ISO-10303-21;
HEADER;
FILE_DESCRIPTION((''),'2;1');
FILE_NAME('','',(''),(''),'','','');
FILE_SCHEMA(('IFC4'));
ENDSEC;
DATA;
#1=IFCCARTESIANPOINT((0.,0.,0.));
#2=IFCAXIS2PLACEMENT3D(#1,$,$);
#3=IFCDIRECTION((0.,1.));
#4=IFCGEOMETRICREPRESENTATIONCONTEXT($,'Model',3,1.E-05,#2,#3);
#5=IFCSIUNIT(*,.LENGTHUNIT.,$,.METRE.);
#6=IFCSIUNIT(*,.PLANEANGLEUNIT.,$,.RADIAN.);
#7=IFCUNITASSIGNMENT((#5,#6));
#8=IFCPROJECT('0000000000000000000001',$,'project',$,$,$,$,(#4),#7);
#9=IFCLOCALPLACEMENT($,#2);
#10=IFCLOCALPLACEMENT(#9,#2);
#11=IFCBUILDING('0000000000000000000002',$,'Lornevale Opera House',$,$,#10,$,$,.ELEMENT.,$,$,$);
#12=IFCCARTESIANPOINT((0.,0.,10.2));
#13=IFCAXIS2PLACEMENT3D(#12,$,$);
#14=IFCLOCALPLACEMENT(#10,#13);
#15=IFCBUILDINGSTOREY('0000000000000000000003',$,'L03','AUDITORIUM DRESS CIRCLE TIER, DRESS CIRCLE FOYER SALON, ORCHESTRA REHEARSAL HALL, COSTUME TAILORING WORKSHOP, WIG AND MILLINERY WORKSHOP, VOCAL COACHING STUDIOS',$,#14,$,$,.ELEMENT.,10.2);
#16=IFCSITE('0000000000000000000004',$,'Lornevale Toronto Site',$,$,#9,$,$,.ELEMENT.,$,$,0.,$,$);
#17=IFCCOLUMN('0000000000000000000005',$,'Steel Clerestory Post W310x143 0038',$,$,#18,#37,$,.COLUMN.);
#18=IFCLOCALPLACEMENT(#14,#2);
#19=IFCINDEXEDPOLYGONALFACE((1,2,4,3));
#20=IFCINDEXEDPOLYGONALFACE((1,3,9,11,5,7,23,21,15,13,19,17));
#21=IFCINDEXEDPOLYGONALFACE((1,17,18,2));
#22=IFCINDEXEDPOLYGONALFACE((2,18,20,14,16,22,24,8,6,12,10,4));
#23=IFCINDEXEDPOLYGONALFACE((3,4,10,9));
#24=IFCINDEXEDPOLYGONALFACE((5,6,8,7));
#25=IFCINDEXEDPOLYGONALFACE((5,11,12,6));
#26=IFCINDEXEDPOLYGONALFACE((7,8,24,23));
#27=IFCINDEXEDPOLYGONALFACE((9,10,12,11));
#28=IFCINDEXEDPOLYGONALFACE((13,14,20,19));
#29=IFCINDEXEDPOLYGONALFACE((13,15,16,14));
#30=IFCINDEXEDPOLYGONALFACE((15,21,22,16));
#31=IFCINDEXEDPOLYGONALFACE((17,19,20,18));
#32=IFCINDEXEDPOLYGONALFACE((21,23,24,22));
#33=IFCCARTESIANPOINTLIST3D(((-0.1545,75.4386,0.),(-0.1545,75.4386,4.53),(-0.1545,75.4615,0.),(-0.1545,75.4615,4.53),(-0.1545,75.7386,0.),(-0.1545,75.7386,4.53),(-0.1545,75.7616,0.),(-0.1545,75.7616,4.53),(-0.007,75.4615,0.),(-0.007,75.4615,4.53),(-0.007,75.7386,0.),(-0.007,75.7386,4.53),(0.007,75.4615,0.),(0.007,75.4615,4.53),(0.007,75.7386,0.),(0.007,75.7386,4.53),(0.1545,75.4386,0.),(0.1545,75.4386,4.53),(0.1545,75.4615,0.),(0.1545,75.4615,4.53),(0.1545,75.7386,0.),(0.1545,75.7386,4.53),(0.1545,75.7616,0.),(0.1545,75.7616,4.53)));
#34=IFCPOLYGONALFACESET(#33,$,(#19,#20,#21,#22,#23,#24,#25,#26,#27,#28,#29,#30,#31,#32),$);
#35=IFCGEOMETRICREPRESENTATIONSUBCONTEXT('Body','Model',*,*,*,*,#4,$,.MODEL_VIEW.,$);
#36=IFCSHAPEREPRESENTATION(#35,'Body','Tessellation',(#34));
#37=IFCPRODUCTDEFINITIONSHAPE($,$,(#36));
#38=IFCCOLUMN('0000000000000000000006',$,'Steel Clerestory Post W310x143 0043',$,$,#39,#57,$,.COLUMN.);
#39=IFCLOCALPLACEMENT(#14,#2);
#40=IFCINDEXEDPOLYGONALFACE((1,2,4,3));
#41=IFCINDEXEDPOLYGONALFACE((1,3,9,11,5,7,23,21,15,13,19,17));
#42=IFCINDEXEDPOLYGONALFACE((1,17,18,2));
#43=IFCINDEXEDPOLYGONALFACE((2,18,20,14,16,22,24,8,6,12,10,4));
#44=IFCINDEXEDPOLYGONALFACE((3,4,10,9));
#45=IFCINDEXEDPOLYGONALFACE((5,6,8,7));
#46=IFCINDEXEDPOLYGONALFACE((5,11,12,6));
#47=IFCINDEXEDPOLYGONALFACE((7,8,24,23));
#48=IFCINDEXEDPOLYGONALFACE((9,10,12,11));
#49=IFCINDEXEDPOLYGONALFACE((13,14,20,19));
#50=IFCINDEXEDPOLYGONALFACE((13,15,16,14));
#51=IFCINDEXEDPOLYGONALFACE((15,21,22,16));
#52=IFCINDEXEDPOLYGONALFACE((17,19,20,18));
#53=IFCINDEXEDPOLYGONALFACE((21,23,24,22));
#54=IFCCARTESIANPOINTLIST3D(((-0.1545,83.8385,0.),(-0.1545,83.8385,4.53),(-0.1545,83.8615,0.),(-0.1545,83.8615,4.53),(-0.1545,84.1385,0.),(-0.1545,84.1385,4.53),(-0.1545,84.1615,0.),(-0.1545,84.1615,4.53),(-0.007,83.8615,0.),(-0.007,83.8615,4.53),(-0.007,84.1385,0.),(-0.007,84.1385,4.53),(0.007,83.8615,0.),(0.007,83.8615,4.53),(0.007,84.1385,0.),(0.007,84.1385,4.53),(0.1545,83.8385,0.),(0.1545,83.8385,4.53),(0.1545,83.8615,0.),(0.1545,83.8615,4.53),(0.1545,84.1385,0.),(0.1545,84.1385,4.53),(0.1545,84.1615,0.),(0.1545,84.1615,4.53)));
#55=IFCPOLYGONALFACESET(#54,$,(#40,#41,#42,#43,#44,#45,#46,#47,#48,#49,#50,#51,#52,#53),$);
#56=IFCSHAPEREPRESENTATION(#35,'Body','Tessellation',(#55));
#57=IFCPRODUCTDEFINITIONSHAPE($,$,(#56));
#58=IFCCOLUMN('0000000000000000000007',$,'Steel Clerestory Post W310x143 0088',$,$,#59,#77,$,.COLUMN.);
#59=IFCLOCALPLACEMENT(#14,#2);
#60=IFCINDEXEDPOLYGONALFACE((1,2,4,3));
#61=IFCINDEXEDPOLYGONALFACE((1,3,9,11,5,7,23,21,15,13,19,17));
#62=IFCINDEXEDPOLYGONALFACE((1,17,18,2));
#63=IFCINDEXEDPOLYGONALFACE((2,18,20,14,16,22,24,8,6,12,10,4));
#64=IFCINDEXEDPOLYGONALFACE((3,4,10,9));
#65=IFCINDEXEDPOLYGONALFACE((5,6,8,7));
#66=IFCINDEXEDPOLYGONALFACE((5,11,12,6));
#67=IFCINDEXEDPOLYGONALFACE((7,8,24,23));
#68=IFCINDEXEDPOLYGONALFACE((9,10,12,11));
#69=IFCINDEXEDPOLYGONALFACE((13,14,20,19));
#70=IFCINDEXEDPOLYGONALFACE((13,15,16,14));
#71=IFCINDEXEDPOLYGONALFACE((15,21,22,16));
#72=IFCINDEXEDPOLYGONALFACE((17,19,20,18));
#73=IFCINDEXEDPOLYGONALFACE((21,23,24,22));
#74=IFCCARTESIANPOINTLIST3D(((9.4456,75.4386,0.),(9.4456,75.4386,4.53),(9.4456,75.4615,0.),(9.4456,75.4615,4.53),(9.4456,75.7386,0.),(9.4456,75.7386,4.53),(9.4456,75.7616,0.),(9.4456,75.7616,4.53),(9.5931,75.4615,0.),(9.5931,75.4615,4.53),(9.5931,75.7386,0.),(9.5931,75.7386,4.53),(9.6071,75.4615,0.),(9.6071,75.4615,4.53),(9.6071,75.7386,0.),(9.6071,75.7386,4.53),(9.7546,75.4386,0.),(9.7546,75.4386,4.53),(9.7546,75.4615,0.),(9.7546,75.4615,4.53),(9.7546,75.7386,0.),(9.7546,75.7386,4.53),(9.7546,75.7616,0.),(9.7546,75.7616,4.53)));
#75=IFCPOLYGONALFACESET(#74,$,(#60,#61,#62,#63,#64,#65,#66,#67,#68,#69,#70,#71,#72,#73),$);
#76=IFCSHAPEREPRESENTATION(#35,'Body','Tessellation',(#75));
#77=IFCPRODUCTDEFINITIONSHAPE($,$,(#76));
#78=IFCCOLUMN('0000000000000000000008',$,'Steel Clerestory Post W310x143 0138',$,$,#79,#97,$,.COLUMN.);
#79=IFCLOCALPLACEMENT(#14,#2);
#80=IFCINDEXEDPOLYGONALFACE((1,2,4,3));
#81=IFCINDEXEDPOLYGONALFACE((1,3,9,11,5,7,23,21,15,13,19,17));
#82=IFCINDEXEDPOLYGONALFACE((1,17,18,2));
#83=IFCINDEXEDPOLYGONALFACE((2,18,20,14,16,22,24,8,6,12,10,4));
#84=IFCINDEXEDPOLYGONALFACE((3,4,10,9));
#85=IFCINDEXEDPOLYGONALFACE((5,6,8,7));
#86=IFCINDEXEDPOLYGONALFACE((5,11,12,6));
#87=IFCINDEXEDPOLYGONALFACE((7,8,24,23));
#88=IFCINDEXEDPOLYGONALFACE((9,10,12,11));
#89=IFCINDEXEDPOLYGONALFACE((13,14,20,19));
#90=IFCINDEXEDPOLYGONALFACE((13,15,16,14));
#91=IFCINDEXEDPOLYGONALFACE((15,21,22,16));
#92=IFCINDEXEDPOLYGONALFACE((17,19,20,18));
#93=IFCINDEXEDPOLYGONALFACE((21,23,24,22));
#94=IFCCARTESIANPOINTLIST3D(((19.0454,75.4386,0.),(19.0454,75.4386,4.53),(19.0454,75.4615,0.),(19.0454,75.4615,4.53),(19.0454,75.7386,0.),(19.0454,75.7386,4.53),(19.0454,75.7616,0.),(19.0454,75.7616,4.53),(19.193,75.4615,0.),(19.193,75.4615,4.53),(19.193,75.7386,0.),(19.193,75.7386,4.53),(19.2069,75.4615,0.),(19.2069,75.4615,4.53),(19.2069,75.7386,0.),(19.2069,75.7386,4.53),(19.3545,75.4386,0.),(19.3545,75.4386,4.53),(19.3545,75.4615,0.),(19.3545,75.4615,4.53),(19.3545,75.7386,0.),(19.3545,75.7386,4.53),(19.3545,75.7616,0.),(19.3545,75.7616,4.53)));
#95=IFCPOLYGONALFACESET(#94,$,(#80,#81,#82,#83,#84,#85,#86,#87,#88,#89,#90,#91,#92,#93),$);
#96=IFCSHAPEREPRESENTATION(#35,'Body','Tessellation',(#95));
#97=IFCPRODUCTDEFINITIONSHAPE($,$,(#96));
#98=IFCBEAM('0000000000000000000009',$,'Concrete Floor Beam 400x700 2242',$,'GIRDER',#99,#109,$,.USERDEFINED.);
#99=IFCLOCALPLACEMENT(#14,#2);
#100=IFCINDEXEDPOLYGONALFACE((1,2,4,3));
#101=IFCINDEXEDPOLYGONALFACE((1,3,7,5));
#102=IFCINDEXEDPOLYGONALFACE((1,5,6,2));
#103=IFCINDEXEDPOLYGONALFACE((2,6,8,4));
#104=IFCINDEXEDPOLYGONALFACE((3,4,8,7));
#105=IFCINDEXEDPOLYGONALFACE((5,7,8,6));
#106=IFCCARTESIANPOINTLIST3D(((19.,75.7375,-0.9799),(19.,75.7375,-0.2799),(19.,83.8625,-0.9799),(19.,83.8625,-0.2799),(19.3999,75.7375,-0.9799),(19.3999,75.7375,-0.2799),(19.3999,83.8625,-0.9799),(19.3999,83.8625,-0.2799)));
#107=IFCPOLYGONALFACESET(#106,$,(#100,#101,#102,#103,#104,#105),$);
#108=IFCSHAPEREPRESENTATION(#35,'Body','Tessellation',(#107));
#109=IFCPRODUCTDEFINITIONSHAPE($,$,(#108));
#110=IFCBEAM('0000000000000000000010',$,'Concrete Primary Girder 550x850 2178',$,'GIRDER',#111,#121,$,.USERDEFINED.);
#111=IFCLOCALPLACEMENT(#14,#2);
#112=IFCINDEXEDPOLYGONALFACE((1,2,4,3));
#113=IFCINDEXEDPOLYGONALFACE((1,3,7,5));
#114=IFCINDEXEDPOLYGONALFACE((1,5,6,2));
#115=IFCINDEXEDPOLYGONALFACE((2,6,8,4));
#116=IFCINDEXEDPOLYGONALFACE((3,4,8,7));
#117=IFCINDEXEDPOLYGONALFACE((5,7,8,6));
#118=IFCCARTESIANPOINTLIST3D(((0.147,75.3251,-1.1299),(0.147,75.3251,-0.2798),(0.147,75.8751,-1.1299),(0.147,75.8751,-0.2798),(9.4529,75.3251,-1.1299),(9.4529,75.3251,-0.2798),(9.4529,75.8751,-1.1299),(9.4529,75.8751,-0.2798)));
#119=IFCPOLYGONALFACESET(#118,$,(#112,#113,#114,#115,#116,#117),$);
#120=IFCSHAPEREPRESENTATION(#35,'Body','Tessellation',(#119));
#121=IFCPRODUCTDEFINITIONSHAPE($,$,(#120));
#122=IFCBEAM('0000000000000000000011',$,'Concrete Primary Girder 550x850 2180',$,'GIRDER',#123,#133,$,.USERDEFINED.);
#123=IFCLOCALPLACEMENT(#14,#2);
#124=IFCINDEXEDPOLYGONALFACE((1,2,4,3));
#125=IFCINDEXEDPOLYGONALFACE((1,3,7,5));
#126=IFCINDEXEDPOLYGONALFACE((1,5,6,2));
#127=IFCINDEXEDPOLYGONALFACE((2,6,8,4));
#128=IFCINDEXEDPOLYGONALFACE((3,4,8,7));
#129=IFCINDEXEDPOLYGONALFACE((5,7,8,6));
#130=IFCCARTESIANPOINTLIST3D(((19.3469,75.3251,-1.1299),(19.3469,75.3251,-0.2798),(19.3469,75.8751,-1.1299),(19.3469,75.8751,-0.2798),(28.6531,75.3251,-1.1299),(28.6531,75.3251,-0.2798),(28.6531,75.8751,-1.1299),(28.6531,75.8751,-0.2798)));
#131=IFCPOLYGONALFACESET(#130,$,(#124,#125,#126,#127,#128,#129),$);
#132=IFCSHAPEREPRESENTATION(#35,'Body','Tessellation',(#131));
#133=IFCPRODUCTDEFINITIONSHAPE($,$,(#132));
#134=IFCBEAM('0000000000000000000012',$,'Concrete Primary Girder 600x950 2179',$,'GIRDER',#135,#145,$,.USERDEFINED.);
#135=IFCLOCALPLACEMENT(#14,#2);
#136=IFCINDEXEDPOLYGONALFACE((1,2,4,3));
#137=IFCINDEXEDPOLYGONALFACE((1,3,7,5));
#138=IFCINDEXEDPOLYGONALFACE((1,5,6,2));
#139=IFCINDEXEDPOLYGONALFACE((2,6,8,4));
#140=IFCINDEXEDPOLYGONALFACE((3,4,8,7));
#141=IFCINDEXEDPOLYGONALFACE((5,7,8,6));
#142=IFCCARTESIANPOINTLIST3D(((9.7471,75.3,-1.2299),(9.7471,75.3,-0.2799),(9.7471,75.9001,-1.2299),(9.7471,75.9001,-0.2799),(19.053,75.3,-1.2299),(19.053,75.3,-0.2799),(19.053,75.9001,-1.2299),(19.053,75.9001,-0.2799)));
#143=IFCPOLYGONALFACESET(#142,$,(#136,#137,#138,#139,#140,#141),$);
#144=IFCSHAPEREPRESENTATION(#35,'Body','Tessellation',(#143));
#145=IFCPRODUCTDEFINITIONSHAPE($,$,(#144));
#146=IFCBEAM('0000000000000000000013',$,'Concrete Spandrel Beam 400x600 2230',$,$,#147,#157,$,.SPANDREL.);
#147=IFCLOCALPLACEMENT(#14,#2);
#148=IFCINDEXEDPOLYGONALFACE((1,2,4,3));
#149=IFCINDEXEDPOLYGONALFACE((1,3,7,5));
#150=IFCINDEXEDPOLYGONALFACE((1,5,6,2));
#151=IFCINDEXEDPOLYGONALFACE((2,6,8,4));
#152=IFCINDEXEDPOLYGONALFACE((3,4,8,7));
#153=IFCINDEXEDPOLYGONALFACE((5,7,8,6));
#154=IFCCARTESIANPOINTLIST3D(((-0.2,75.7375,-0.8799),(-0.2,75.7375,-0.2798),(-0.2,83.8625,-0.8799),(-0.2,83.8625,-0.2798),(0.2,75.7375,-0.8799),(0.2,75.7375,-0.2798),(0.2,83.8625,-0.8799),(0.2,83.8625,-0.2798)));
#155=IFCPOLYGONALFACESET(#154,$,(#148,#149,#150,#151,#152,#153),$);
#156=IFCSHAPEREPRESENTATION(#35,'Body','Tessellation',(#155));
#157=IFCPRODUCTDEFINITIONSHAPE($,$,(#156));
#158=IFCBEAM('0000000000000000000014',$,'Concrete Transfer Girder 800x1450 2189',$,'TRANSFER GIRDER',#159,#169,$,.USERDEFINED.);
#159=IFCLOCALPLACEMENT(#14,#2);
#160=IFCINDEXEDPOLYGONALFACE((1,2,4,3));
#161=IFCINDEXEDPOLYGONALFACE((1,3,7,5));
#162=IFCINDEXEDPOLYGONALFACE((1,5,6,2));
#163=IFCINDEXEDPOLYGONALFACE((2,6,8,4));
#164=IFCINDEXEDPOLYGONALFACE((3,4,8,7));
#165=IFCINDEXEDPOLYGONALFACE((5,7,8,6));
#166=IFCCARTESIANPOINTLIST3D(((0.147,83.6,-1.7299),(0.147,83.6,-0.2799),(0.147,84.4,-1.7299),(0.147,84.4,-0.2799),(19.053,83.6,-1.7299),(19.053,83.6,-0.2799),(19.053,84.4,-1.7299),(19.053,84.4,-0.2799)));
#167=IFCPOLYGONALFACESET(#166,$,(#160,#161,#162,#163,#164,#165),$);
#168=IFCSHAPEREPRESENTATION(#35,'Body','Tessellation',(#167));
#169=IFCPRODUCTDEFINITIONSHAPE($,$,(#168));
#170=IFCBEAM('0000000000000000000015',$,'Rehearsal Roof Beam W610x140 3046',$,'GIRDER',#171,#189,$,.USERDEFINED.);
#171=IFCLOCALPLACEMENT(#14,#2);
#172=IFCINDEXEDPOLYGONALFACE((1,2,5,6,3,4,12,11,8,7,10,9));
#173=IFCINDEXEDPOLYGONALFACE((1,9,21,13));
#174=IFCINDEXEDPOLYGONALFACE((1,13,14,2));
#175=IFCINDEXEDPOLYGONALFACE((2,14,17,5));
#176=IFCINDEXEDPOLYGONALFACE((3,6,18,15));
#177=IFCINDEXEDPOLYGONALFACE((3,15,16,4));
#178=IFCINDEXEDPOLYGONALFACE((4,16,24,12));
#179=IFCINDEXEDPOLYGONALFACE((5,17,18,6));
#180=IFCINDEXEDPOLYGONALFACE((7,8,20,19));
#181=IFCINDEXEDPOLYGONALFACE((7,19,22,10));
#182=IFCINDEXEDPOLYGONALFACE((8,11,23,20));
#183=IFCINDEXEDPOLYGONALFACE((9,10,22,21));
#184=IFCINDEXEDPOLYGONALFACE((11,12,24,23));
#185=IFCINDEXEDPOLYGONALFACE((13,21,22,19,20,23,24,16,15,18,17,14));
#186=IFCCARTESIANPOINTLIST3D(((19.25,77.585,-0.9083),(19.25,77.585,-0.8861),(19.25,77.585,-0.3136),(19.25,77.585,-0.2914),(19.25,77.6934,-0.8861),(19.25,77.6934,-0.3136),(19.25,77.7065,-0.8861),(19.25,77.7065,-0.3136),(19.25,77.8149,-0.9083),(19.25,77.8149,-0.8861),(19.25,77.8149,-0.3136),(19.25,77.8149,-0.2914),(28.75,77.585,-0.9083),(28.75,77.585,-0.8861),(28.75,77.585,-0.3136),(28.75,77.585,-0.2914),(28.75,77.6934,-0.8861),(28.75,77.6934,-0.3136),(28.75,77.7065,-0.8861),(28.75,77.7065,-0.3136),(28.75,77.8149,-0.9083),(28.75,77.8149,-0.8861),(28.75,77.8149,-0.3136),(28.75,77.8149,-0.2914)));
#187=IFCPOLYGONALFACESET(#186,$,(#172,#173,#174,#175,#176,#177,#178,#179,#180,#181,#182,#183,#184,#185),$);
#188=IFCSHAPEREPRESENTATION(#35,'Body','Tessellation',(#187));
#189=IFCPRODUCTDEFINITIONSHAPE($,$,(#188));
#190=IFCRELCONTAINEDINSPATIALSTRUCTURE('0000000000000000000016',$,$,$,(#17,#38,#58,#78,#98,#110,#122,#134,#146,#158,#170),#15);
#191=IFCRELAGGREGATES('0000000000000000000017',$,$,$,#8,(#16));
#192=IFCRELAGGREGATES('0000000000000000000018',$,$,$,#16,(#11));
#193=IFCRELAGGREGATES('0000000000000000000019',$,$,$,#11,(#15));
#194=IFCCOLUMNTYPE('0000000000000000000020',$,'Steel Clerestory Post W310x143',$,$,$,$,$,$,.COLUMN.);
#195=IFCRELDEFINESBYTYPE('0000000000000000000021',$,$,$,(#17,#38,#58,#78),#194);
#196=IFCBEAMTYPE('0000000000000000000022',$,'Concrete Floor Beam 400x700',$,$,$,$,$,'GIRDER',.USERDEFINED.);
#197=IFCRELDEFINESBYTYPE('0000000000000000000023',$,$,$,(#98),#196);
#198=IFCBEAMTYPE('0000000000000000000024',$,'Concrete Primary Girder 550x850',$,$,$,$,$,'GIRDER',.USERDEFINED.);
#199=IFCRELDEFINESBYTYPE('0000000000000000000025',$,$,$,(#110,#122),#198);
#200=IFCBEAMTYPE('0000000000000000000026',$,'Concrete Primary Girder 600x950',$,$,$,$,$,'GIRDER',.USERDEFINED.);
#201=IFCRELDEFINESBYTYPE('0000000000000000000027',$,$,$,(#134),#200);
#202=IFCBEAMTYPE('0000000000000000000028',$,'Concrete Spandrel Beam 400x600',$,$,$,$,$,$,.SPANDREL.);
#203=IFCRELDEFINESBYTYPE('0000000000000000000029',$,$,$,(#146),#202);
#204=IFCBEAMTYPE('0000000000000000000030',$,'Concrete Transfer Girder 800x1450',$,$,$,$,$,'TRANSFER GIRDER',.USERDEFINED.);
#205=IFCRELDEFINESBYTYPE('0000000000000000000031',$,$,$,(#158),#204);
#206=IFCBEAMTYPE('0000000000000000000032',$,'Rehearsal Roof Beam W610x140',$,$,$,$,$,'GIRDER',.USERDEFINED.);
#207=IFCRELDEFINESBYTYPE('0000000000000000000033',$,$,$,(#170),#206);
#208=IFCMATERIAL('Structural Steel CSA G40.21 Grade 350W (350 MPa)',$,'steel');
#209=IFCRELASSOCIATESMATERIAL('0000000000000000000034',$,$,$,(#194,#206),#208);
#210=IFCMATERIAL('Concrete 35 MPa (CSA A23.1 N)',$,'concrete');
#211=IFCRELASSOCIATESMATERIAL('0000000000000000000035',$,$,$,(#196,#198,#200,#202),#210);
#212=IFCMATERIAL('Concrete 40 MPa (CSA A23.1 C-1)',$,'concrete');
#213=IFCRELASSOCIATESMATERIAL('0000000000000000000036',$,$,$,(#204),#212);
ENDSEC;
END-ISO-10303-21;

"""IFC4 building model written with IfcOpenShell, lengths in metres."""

from ifc_helpers import new_model, si_unit, direction, frame, origin, origin_2d, place, context, subcontext, project, spatial, rectangle, i_section, extrude, material, material_profile, profile_set, type_object, element, save


model = new_model("IFC4")

# Units and contexts
model_context = context("Model", 3, precision=1e-05, world=origin(), true_north=direction((0.0, 1.0)))
body_context = subcontext(model_context, "Body", "Model", "MODEL_VIEW")
ifc_project = project(units=[si_unit("LENGTHUNIT", "METRE"), si_unit("PLANEANGLEUNIT", "RADIAN")], contexts=[model_context])

# Site, building, storey
site_placement = place(None, origin())
site = spatial("IfcSite", under=ifc_project, at=site_placement, Name="Lornevale Toronto Site", CompositionType="ELEMENT", RefElevation=0.0)
building_placement = place(site_placement, origin())
building = spatial("IfcBuilding", under=site, at=building_placement, Name="Lornevale Opera House", CompositionType="ELEMENT")
storey_placement = place(building_placement, frame((0.0, 0.0, 10.2)))
storey = spatial("IfcBuildingStorey", under=building, at=storey_placement, Name="L03", Description="AUDITORIUM DRESS CIRCLE TIER, DRESS CIRCLE FOYER SALON, ORCHESTRA REHEARSAL HALL, COSTUME TAILORING WORKSHOP, WIG AND MILLINERY WORKSHOP, VOCAL COACHING STUDIOS", CompositionType="ELEMENT", Elevation=10.2)

# Columns
ifc_material_1 = material(Name="Structural Steel CSA G40.21 Grade 350W (350 MPa)", Category="steel")
ifc_material_profile_1 = material_profile(ifc_material_1, i_section(OverallWidth=0.3091, OverallDepth=0.323, WebThickness=0.0139, FlangeThickness=0.0229, at=origin_2d()), Name="W310x143")
ifc_profile_set_1 = profile_set([ifc_material_profile_1], Name="Structural Steel CSA G40.21 Grade 350W (350 MPa)")
column_type = type_object("IfcColumnType", Name="Steel Clerestory Post W310x143", PredefinedType="COLUMN", material=ifc_profile_set_1)
for number, where, z_axis, x_axis, name in (
    (1, (0.0, 75.6001, 0.0), (0.0, 0.0, 1.0), (1.0, 0.0, 0.0), "Steel Clerestory Post W310x143 0038"),
    (2, (0.0, 84.0, 0.0), (0.0, 0.0, 1.0), (1.0, 0.0, 0.0), "Steel Clerestory Post W310x143 0043"),
    (3, (9.6001, 75.6001, 0.0), (0.0, 0.0, 1.0), (1.0, 0.0, 0.0), "Steel Clerestory Post W310x143 0088"),
    (4, (19.2, 75.6001, 0.0), (0.0, 0.0, 1.0), (1.0, 0.0, 0.0), "Steel Clerestory Post W310x143 0138"),
):
    element("IfcColumn", number, at=place(storey_placement, frame(where, z_axis=z_axis, x_axis=x_axis)), inside=storey, type_object=column_type, Name=name, PredefinedType="COLUMN", context=body_context, shape_type="SweptSolid", body=[
        extrude(i_section(OverallWidth=0.3091, OverallDepth=0.323, WebThickness=0.0139, FlangeThickness=0.0229, at=origin_2d()), origin(), (0.0, 0.0, 1.0), 4.53),
    ])

# Beams
ifc_material_2 = material(Name="Concrete 35 MPa (CSA A23.1 N)", Category="concrete")
ifc_material_profile_2 = material_profile(ifc_material_2, rectangle(XDim=0.3999, YDim=0.7, at=origin_2d()), Name="RC400x700")
ifc_profile_set_2 = profile_set([ifc_material_profile_2], Name="Concrete 35 MPa (CSA A23.1 N)")
beam_type_1 = type_object("IfcBeamType", Name="Concrete Floor Beam 400x700", ElementType="GIRDER", PredefinedType="USERDEFINED", material=ifc_profile_set_2)
beam_1_placement = place(storey_placement, frame((19.2, 75.7375, -0.6299), z_axis=(0.0, 1.0, 0.0), x_axis=(-1.0, 0.0, 0.0)))
element("IfcBeam", 5, at=beam_1_placement, inside=storey, type_object=beam_type_1, Name="Concrete Floor Beam 400x700 2242", ObjectType="GIRDER", PredefinedType="USERDEFINED", context=body_context, shape_type="SweptSolid", body=[
    extrude(rectangle(XDim=0.3999, YDim=0.7, at=origin_2d()), origin(), (0.0, 0.0, 1.0), 8.125),
])
ifc_material_profile_3 = material_profile(ifc_material_2, rectangle(XDim=0.55, YDim=0.8501, at=origin_2d()), Name="RC550x850")
ifc_profile_set_3 = profile_set([ifc_material_profile_3], Name="Concrete 35 MPa (CSA A23.1 N)")
beam_type_2 = type_object("IfcBeamType", Name="Concrete Primary Girder 550x850", ElementType="GIRDER", PredefinedType="USERDEFINED", material=ifc_profile_set_3)
beam_2_placement = place(storey_placement, frame((0.147, 75.6001, -0.7048), z_axis=(1.0, 0.0, 0.0), x_axis=(0.0, 1.0, 0.0)))
element("IfcBeam", 6, at=beam_2_placement, inside=storey, type_object=beam_type_2, Name="Concrete Primary Girder 550x850 2178", ObjectType="GIRDER", PredefinedType="USERDEFINED", context=body_context, shape_type="SweptSolid", body=[
    extrude(rectangle(XDim=0.55, YDim=0.8501, at=origin_2d()), origin(), (0.0, 0.0, 1.0), 9.3059),
])
beam_3_placement = place(storey_placement, frame((19.3469, 75.6001, -0.7048), z_axis=(1.0, 0.0, 0.0), x_axis=(0.0, 1.0, 0.0)))
element("IfcBeam", 7, at=beam_3_placement, inside=storey, type_object=beam_type_2, Name="Concrete Primary Girder 550x850 2180", ObjectType="GIRDER", PredefinedType="USERDEFINED", context=body_context, shape_type="SweptSolid", body=[
    extrude(rectangle(XDim=0.55, YDim=0.8501, at=origin_2d()), origin(), (0.0, 0.0, 1.0), 9.3062),
])
ifc_material_profile_4 = material_profile(ifc_material_2, rectangle(XDim=0.6001, YDim=0.95, at=origin_2d()), Name="RC600x950")
ifc_profile_set_4 = profile_set([ifc_material_profile_4], Name="Concrete 35 MPa (CSA A23.1 N)")
beam_type_3 = type_object("IfcBeamType", Name="Concrete Primary Girder 600x950", ElementType="GIRDER", PredefinedType="USERDEFINED", material=ifc_profile_set_4)
beam_4_placement = place(storey_placement, frame((9.7471, 75.6001, -0.7549), z_axis=(1.0, 0.0, 0.0), x_axis=(0.0, 1.0, 0.0)))
element("IfcBeam", 8, at=beam_4_placement, inside=storey, type_object=beam_type_3, Name="Concrete Primary Girder 600x950 2179", ObjectType="GIRDER", PredefinedType="USERDEFINED", context=body_context, shape_type="SweptSolid", body=[
    extrude(rectangle(XDim=0.6001, YDim=0.95, at=origin_2d()), origin(), (0.0, 0.0, 1.0), 9.3059),
])
ifc_material_profile_5 = material_profile(ifc_material_2, rectangle(XDim=0.3999, YDim=0.6001, at=origin_2d()), Name="RC400x600")
ifc_profile_set_5 = profile_set([ifc_material_profile_5], Name="Concrete 35 MPa (CSA A23.1 N)")
beam_type_4 = type_object("IfcBeamType", Name="Concrete Spandrel Beam 400x600", PredefinedType="SPANDREL", material=ifc_profile_set_5)
beam_5_placement = place(storey_placement, frame((0.0, 75.7375, -0.5798), z_axis=(0.0, 1.0, 0.0), x_axis=(-1.0, 0.0, 0.0)))
element("IfcBeam", 9, at=beam_5_placement, inside=storey, type_object=beam_type_4, Name="Concrete Spandrel Beam 400x600 2230", PredefinedType="SPANDREL", context=body_context, shape_type="SweptSolid", body=[
    extrude(rectangle(XDim=0.3999, YDim=0.6001, at=origin_2d()), origin(), (0.0, 0.0, 1.0), 8.125),
])
ifc_material_3 = material(Name="Concrete 40 MPa (CSA A23.1 C-1)", Category="concrete")
ifc_material_profile_6 = material_profile(ifc_material_3, rectangle(XDim=0.8, YDim=1.45, at=origin_2d()), Name="RC800x1450")
ifc_profile_set_6 = profile_set([ifc_material_profile_6], Name="Concrete 40 MPa (CSA A23.1 C-1)")
beam_type_5 = type_object("IfcBeamType", Name="Concrete Transfer Girder 800x1450", ElementType="TRANSFER GIRDER", PredefinedType="USERDEFINED", material=ifc_profile_set_6)
beam_6_placement = place(storey_placement, frame((0.147, 84.0, -1.0049), z_axis=(1.0, 0.0, 0.0), x_axis=(0.0, 1.0, 0.0)))
element("IfcBeam", 10, at=beam_6_placement, inside=storey, type_object=beam_type_5, Name="Concrete Transfer Girder 800x1450 2189", ObjectType="TRANSFER GIRDER", PredefinedType="USERDEFINED", context=body_context, shape_type="SweptSolid", body=[
    extrude(rectangle(XDim=0.8, YDim=1.45, at=origin_2d()), origin(), (0.0, 0.0, 1.0), 18.906),
])
ifc_material_profile_7 = material_profile(ifc_material_1, i_section(OverallWidth=0.23, OverallDepth=0.6169, WebThickness=0.0132, FlangeThickness=0.0222, at=origin_2d()), Name="W610x140")
ifc_profile_set_7 = profile_set([ifc_material_profile_7], Name="Structural Steel CSA G40.21 Grade 350W (350 MPa)")
beam_type_6 = type_object("IfcBeamType", Name="Rehearsal Roof Beam W610x140", ElementType="GIRDER", PredefinedType="USERDEFINED", material=ifc_profile_set_7)
beam_7_placement = place(storey_placement, frame((19.25, 77.7, -0.5999), z_axis=(1.0, 0.0, 0.0), x_axis=(0.0, 1.0, 0.0)))
element("IfcBeam", 11, at=beam_7_placement, inside=storey, type_object=beam_type_6, Name="Rehearsal Roof Beam W610x140 3046", ObjectType="GIRDER", PredefinedType="USERDEFINED", context=body_context, shape_type="SweptSolid", body=[
    extrude(i_section(OverallWidth=0.23, OverallDepth=0.6169, WebThickness=0.0132, FlangeThickness=0.0222, at=origin_2d()), origin(), (0.0, 0.0, 1.0), 9.5),
])

save(model, "model.ifc")
